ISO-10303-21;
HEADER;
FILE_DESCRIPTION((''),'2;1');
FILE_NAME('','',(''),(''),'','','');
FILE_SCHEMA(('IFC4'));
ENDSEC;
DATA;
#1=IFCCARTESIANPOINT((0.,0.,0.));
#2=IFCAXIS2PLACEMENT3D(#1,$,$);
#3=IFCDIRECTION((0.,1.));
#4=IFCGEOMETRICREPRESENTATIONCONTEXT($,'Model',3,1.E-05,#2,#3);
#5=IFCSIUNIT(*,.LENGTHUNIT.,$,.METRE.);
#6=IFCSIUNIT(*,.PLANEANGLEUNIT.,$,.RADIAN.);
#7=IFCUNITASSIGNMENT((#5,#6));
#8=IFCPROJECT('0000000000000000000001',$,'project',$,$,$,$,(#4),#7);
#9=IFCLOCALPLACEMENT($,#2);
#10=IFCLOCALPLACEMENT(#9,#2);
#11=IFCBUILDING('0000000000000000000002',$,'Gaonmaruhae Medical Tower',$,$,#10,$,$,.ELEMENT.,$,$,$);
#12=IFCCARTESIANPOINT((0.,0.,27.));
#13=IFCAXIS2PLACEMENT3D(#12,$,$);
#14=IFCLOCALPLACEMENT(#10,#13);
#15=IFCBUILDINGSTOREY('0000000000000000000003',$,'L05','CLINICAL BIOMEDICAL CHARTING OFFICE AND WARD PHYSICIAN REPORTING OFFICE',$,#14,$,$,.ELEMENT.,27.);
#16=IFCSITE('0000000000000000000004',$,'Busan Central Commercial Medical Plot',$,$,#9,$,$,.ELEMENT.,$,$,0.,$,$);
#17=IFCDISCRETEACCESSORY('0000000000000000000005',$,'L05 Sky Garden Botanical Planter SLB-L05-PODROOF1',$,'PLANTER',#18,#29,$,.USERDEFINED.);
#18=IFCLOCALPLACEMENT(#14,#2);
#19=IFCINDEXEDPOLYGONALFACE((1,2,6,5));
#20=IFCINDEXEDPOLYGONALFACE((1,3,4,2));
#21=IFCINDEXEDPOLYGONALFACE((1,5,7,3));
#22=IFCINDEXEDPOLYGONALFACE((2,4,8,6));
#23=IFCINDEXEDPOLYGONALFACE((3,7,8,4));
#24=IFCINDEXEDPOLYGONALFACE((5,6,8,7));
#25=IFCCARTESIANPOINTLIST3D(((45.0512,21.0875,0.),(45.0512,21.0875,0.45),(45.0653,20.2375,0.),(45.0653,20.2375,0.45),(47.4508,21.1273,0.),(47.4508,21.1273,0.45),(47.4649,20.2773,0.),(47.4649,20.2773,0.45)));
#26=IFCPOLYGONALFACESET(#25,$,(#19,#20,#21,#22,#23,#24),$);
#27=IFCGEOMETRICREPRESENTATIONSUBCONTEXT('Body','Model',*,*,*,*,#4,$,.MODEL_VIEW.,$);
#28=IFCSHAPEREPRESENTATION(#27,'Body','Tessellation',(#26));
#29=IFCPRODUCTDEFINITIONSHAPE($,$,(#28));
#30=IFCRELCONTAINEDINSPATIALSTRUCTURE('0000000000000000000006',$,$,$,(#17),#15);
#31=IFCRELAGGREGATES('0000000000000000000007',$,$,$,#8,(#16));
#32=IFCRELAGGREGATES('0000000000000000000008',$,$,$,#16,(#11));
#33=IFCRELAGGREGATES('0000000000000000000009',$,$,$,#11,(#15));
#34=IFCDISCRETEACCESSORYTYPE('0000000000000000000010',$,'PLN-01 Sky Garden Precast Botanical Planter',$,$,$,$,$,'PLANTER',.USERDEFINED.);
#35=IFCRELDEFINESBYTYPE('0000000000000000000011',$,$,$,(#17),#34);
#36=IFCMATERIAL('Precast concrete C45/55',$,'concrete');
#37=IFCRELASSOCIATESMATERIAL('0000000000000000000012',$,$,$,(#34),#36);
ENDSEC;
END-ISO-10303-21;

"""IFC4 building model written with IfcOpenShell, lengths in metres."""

from ifc_helpers import new_model, si_unit, direction, frame, origin, origin_2d, place, context, subcontext, project, spatial, rectangle, extrude, material, type_object, element, save


model = new_model("IFC4")

# Units and contexts
model_context = context("Model", 3, precision=1e-05, world=origin(), true_north=direction((0.0, 1.0)))
body_context = subcontext(model_context, "Body", "Model", "MODEL_VIEW")
ifc_project = project(units=[si_unit("LENGTHUNIT", "METRE"), si_unit("PLANEANGLEUNIT", "RADIAN")], contexts=[model_context])

# Site, building, storey
site_placement = place(None, origin())
site = spatial("IfcSite", under=ifc_project, at=site_placement, Name="Busan Central Commercial Medical Plot", CompositionType="ELEMENT", RefElevation=0.0)
building_placement = place(site_placement, origin())
building = spatial("IfcBuilding", under=site, at=building_placement, Name="Gaonmaruhae Medical Tower", CompositionType="ELEMENT")
storey_placement = place(building_placement, frame((0.0, 0.0, 27.0)))
storey = spatial("IfcBuildingStorey", under=building, at=storey_placement, Name="L05", Description="CLINICAL BIOMEDICAL CHARTING OFFICE AND WARD PHYSICIAN REPORTING OFFICE", CompositionType="ELEMENT", Elevation=27.0)

# Discrete accessory
ifc_material_1 = material(Name="Precast concrete C45/55", Category="concrete")
discrete_accessory_type = type_object("IfcDiscreteAccessoryType", Name="PLN-01 Sky Garden Precast Botanical Planter", ElementType="PLANTER", PredefinedType="USERDEFINED", material=ifc_material_1)
discrete_accessory_placement = place(storey_placement, frame((46.2581, 20.6824, 0.0), z_axis=(0.0, 0.0, 1.0), x_axis=(0.999863, 0.01658, 0.0)))
element("IfcDiscreteAccessory", 1, at=discrete_accessory_placement, inside=storey, type_object=discrete_accessory_type, Name="L05 Sky Garden Botanical Planter SLB-L05-PODROOF1", ObjectType="PLANTER", PredefinedType="USERDEFINED", context=body_context, shape_type="SweptSolid", body=[
    extrude(rectangle(XDim=2.3999, YDim=0.8501, at=origin_2d()), origin(), (0.0, 0.0, 1.0), 0.45),
])

save(model, "model.ifc")
